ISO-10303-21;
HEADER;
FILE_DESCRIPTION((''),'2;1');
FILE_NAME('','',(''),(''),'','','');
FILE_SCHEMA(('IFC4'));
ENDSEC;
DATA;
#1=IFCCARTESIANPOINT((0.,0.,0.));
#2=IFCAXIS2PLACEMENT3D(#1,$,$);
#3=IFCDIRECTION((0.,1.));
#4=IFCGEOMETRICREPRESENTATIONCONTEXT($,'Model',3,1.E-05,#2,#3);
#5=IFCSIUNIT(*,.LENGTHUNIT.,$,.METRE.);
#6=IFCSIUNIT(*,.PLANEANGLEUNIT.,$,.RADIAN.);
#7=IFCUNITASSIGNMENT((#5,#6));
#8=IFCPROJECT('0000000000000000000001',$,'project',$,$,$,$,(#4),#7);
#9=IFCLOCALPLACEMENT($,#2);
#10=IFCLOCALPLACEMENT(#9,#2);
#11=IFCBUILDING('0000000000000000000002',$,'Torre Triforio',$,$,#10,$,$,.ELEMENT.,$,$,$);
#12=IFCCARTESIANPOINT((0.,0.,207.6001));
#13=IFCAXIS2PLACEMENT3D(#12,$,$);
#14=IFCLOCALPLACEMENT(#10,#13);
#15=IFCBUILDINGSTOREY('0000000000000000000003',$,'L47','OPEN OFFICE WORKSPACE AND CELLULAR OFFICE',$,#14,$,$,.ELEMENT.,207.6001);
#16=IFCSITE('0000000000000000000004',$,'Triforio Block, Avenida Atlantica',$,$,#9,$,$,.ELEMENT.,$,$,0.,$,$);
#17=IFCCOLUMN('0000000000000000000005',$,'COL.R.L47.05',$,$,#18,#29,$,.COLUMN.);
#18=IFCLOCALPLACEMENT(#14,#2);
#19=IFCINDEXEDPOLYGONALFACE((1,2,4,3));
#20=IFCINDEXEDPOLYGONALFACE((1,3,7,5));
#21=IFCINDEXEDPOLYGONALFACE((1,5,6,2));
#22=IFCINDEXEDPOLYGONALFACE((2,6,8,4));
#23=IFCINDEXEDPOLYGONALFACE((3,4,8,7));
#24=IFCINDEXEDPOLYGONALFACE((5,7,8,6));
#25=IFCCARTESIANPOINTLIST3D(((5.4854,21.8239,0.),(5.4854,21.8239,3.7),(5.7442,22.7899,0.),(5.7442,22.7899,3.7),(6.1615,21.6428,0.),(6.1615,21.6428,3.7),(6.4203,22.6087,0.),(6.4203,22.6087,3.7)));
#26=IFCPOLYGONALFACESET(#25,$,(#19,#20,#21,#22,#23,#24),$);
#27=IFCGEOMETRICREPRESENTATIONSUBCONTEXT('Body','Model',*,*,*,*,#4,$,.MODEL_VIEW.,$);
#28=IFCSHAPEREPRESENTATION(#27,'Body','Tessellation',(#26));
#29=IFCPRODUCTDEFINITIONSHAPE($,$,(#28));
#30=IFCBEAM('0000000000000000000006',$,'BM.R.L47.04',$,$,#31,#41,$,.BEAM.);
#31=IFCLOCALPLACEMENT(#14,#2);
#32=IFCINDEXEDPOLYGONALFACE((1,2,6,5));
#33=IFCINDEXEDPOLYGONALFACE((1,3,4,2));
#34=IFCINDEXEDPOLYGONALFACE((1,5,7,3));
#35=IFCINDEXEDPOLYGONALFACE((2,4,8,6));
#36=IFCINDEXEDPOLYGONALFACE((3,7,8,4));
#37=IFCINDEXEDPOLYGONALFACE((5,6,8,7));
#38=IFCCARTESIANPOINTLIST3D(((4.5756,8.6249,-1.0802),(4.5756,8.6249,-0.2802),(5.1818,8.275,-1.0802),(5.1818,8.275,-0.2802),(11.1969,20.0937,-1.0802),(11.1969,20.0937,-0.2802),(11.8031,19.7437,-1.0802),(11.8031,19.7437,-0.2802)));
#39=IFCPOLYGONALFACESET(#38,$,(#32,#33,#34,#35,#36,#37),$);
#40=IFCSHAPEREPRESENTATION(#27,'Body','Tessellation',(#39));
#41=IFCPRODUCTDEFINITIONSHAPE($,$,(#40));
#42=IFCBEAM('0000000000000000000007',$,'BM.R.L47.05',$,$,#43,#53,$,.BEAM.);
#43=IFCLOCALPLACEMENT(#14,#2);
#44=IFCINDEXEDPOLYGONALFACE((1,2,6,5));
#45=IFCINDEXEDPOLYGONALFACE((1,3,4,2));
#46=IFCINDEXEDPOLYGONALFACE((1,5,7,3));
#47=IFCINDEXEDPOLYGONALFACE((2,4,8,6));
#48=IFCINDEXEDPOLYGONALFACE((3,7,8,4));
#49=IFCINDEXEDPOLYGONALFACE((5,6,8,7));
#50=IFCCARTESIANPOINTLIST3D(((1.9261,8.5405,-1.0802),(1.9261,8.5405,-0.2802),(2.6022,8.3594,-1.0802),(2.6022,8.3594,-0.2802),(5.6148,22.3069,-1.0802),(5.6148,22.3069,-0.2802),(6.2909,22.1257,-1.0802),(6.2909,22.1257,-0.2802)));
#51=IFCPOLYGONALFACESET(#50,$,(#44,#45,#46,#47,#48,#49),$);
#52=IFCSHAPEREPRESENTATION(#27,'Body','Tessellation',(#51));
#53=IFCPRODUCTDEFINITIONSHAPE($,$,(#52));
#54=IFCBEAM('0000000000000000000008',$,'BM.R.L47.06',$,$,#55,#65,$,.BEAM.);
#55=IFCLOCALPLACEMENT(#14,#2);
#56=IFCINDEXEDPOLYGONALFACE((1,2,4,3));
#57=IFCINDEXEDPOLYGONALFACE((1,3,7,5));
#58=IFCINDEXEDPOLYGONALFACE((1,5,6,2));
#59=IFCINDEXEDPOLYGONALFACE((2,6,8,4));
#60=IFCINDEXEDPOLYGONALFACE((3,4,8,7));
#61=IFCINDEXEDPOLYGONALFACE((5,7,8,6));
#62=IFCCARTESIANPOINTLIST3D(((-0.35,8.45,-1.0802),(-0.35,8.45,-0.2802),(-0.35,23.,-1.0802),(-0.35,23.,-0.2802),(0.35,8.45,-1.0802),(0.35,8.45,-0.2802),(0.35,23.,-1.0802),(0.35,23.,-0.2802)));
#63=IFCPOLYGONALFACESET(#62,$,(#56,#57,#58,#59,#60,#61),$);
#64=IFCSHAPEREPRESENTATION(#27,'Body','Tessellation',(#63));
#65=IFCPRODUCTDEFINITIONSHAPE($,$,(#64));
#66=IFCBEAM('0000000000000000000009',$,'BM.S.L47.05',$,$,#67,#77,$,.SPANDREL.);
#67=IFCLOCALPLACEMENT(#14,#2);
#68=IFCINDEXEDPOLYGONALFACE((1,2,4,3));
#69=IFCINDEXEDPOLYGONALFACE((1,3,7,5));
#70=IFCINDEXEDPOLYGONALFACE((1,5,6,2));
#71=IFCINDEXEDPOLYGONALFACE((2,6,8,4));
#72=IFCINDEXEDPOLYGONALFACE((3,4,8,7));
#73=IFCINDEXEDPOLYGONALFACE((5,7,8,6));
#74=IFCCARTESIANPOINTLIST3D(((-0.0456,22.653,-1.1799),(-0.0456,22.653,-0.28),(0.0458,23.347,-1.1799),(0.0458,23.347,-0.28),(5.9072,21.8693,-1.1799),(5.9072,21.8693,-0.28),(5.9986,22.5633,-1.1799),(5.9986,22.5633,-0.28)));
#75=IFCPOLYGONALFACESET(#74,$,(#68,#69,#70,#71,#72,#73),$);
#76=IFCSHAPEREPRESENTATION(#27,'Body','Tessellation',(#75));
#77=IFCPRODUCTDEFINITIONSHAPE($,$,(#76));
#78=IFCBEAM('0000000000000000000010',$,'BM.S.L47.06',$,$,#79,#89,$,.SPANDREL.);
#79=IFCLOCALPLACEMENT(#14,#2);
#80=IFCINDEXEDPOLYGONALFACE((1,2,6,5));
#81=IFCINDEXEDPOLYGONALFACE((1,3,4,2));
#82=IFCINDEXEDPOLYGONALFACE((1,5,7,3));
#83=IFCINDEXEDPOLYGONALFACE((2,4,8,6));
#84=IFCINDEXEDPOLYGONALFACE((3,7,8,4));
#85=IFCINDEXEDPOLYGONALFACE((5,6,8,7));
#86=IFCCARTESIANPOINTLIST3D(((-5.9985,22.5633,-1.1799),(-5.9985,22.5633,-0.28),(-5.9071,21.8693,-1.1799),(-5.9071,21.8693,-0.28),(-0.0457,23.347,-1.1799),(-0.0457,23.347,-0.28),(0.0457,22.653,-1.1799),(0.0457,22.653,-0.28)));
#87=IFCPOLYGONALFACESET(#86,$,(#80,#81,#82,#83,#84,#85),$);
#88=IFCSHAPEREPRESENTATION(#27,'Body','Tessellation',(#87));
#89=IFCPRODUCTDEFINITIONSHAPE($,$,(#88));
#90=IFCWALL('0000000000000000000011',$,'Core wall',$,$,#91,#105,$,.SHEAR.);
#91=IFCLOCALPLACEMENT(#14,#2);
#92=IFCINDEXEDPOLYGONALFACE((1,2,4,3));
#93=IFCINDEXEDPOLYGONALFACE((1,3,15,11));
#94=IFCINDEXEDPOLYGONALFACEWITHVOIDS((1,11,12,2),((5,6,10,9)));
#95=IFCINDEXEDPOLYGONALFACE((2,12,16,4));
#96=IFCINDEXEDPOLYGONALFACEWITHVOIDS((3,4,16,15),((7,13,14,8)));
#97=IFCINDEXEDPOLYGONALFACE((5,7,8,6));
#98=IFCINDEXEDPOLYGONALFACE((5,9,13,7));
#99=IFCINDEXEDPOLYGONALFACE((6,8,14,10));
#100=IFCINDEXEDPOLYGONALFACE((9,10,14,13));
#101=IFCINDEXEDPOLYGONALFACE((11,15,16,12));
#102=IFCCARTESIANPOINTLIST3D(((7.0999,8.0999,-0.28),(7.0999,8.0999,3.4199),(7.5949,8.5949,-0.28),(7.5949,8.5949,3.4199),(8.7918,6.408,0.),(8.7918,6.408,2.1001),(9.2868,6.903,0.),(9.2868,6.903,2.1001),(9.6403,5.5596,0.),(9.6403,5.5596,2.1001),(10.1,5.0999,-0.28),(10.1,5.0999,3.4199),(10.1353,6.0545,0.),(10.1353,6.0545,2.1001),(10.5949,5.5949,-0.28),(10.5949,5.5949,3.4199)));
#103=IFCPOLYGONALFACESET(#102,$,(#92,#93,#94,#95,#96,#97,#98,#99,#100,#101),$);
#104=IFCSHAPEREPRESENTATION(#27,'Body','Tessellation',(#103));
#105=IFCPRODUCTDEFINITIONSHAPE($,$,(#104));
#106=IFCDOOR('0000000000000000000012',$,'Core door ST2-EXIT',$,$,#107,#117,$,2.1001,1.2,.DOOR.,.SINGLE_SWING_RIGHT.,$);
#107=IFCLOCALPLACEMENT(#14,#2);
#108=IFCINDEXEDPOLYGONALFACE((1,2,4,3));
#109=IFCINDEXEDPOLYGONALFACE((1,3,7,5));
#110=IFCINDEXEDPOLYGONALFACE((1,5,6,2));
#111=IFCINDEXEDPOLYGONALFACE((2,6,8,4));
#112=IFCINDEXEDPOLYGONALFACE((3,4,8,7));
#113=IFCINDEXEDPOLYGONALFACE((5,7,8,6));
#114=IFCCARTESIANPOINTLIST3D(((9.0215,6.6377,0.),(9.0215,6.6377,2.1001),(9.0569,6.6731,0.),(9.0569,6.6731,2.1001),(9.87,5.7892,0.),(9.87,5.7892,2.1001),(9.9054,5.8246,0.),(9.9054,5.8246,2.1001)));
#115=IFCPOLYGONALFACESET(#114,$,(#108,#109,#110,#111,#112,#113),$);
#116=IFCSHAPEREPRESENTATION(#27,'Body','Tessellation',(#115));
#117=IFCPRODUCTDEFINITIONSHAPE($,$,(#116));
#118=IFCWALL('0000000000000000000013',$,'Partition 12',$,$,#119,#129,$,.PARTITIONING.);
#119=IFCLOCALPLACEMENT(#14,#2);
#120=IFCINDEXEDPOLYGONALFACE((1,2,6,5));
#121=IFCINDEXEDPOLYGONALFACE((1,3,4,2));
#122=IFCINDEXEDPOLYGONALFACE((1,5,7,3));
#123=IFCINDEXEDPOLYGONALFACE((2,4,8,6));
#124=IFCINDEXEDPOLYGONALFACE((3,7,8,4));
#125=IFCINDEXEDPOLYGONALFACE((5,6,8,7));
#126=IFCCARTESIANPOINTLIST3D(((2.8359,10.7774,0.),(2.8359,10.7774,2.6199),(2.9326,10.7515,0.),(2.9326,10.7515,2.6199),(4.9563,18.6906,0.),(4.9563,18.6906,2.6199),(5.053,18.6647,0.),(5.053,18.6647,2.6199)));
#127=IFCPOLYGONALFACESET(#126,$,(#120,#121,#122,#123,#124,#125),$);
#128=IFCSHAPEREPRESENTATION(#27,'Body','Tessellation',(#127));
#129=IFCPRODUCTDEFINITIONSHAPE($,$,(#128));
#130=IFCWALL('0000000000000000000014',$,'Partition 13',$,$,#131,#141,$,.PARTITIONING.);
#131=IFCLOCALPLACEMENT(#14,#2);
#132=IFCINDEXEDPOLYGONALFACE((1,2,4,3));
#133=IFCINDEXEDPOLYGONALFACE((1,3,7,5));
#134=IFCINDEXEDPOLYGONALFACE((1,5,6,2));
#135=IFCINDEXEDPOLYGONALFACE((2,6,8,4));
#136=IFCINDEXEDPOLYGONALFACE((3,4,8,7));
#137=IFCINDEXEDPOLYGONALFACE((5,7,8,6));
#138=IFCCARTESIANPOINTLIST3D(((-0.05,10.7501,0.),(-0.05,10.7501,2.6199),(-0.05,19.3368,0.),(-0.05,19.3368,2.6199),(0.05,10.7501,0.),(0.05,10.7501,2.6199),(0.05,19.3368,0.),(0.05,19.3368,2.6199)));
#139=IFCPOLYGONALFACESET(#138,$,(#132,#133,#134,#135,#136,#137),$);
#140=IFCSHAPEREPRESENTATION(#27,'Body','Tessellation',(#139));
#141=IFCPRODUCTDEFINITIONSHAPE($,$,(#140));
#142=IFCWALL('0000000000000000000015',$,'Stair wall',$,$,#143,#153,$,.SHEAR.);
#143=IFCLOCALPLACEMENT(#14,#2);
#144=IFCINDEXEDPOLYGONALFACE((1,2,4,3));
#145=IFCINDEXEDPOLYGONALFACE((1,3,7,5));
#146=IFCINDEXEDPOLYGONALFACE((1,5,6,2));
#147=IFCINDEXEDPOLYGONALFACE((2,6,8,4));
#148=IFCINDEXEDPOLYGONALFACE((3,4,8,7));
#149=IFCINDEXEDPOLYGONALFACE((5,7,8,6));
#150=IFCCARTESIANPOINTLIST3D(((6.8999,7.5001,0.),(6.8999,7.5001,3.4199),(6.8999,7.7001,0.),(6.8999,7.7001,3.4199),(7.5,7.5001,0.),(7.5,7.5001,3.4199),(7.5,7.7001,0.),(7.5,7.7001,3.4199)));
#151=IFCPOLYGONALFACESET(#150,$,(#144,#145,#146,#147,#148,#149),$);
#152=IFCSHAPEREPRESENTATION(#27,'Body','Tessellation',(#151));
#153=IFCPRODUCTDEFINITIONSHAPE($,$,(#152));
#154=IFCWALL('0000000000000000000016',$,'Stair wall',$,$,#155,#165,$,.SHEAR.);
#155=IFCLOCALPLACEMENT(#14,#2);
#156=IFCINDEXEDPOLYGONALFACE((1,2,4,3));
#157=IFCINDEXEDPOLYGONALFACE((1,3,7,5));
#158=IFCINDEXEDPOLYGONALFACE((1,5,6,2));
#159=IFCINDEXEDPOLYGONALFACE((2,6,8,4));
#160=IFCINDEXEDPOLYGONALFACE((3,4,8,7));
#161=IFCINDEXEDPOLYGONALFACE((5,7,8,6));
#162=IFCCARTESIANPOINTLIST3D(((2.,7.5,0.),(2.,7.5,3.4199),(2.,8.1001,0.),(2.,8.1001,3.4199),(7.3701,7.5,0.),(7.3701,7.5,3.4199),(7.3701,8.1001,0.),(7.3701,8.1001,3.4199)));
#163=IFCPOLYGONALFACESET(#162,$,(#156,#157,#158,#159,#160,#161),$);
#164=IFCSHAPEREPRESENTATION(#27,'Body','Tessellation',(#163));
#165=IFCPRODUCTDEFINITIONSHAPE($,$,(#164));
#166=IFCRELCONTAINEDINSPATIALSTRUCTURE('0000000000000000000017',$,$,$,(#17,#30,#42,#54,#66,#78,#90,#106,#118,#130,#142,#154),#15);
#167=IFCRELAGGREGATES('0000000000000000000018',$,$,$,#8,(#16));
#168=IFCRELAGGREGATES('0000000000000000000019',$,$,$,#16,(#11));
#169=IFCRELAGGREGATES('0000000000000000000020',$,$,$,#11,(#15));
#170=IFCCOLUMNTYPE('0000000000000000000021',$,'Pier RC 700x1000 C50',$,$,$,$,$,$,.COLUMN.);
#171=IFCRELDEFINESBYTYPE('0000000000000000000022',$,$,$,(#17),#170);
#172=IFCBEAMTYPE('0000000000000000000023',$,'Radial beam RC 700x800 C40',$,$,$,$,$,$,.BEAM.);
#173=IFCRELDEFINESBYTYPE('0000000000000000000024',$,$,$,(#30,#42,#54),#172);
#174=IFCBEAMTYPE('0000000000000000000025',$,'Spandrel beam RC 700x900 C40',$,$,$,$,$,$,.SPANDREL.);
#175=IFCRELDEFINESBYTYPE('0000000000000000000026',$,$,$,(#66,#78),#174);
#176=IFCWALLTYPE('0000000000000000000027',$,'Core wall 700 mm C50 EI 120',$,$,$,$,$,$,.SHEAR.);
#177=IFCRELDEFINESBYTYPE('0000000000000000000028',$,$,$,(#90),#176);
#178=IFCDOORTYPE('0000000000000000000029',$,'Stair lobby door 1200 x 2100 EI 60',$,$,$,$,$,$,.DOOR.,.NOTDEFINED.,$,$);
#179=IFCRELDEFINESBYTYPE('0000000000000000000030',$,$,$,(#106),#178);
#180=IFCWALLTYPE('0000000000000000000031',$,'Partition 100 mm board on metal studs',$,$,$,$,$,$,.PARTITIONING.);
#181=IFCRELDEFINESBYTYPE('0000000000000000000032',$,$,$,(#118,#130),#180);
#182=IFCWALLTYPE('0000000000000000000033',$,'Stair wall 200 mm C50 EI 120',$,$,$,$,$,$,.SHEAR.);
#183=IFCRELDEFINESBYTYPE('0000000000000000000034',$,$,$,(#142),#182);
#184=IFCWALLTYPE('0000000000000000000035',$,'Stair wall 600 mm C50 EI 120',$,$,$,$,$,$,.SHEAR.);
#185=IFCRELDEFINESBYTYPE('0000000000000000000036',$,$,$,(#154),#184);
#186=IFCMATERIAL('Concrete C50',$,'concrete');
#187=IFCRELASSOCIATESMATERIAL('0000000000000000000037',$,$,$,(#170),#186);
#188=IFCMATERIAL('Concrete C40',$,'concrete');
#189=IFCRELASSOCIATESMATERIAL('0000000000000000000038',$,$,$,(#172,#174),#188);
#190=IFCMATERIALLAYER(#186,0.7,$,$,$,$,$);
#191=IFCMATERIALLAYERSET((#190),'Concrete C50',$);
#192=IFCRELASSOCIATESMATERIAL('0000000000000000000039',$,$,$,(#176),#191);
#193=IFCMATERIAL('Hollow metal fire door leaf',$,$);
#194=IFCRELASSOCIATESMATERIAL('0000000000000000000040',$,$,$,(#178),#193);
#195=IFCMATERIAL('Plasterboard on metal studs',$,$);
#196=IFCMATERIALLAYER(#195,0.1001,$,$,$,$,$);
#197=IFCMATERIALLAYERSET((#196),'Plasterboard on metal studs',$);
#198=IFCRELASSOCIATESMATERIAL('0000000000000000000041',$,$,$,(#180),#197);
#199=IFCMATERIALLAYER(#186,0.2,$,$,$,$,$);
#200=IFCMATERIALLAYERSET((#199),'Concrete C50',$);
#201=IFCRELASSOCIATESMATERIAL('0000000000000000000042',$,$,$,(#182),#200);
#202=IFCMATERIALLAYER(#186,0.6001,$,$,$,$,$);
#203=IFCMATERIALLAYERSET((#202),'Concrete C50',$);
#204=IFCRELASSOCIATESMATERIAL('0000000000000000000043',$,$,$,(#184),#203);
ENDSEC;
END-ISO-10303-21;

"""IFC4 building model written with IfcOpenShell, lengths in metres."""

from ifc_helpers import new_model, si_unit, direction, frame, frame_2d, origin, origin_2d, place, context, subcontext, project, spatial, rectangle, extrude, material, layer, layer_set, material_profile, profile_set, type_object, element, fill, save


model = new_model("IFC4")

# Units and contexts
model_context = context("Model", 3, precision=1e-05, world=origin(), true_north=direction((0.0, 1.0)))
body_context = subcontext(model_context, "Body", "Model", "MODEL_VIEW")
ifc_project = project(units=[si_unit("LENGTHUNIT", "METRE"), si_unit("PLANEANGLEUNIT", "RADIAN")], contexts=[model_context])

# Site, building, storey
site_placement = place(None, origin())
site = spatial("IfcSite", under=ifc_project, at=site_placement, Name="Triforio Block, Avenida Atlantica", CompositionType="ELEMENT", RefElevation=0.0)
building_placement = place(site_placement, origin())
building = spatial("IfcBuilding", under=site, at=building_placement, Name="Torre Triforio", CompositionType="ELEMENT")
storey_placement = place(building_placement, frame((0.0, 0.0, 207.6001)))
storey = spatial("IfcBuildingStorey", under=building, at=storey_placement, Name="L47", Description="OPEN OFFICE WORKSPACE AND CELLULAR OFFICE", CompositionType="ELEMENT", Elevation=207.6001)

# Column
ifc_material_1 = material(Name="Concrete C50", Category="concrete")
ifc_material_profile_1 = material_profile(ifc_material_1, rectangle(XDim=0.7, YDim=1.0, at=origin_2d()), Name="RC 700x1000")
ifc_profile_set_1 = profile_set([ifc_material_profile_1], Name="Concrete C50")
column_type = type_object("IfcColumnType", Name="Pier RC 700x1000 C50", PredefinedType="COLUMN", material=ifc_profile_set_1)
column_placement = place(storey_placement, frame((5.9529, 22.2163, 0.0), z_axis=(0.0, 0.0, 1.0), x_axis=(-0.965926, 0.258819, 0.0)))
element("IfcColumn", 1, at=column_placement, inside=storey, type_object=column_type, Name="COL.R.L47.05", PredefinedType="COLUMN", context=body_context, shape_type="SweptSolid", body=[
    extrude(rectangle(XDim=0.7, YDim=1.0, at=origin_2d()), origin(), (0.0, 0.0, 1.0), 3.7),
])

# Beams
ifc_material_2 = material(Name="Concrete C40", Category="concrete")
ifc_material_profile_2 = material_profile(ifc_material_2, rectangle(XDim=0.7, YDim=0.8, at=origin_2d()), Name="RC 700x800")
ifc_profile_set_2 = profile_set([ifc_material_profile_2], Name="Concrete C40")
beam_type_1 = type_object("IfcBeamType", Name="Radial beam RC 700x800 C40", PredefinedType="BEAM", material=ifc_profile_set_2)
beam_1_placement = place(storey_placement, frame((4.8787, 8.45, -0.6802), z_axis=(0.499992, 0.86603, 0.0), x_axis=(-0.86603, 0.499992, 0.0)))
element("IfcBeam", 2, at=beam_1_placement, inside=storey, type_object=beam_type_1, Name="BM.R.L47.04", PredefinedType="BEAM", context=body_context, shape_type="SweptSolid", body=[
    extrude(rectangle(XDim=0.7, YDim=0.8, at=origin_2d()), origin(), (0.0, 0.0, 1.0), 13.2429),
])
beam_2_placement = place(storey_placement, frame((2.2642, 8.45, -0.6802), z_axis=(0.258821, 0.965925, 0.0), x_axis=(-0.965925, 0.258821, 0.0)))
element("IfcBeam", 3, at=beam_2_placement, inside=storey, type_object=beam_type_1, Name="BM.R.L47.05", PredefinedType="BEAM", context=body_context, shape_type="SweptSolid", body=[
    extrude(rectangle(XDim=0.7, YDim=0.8, at=origin_2d()), origin(), (0.0, 0.0, 1.0), 14.252),
])
beam_3_placement = place(storey_placement, frame((0.0, 8.45, -0.6802), z_axis=(0.0, 1.0, 0.0), x_axis=(-1.0, 0.0, 0.0)))
element("IfcBeam", 4, at=beam_3_placement, inside=storey, type_object=beam_type_1, Name="BM.R.L47.06", PredefinedType="BEAM", context=body_context, shape_type="SweptSolid", body=[
    extrude(rectangle(XDim=0.7, YDim=0.8, at=origin_2d()), origin(), (0.0, 0.0, 1.0), 14.55),
])
ifc_material_profile_3 = material_profile(ifc_material_2, rectangle(XDim=0.7, YDim=0.8999, at=origin_2d()), Name="RC 700x900")
ifc_profile_set_3 = profile_set([ifc_material_profile_3], Name="Concrete C40")
beam_type_2 = type_object("IfcBeamType", Name="Spandrel beam RC 700x900 C40", PredefinedType="SPANDREL", material=ifc_profile_set_3)
for number, where, z_axis, x_axis, name in (
    (5, (5.9529, 22.2163, -0.73), (-0.991445, 0.130523, 0.0), (-0.130523, -0.991445, 0.0), "BM.S.L47.05"),
    (6, (0.0, 23.0, -0.73), (-0.991445, -0.130523, 0.0), (0.130523, -0.991445, 0.0), "BM.S.L47.06"),
):
    element("IfcBeam", number, at=place(storey_placement, frame(where, z_axis=z_axis, x_axis=x_axis)), inside=storey, type_object=beam_type_2, Name=name, PredefinedType="SPANDREL", context=body_context, shape_type="SweptSolid", body=[
        extrude(rectangle(XDim=0.7, YDim=0.8999, at=origin_2d()), origin(), (0.0, 0.0, 1.0), 6.0042),
    ])

# Wall, opening, door
ifc_layer_1 = layer(ifc_material_1, 0.7)
ifc_layer_set_1 = layer_set([ifc_layer_1], Name="Concrete C50")
wall_type_1 = type_object("IfcWallType", Name="Core wall 700 mm C50 EI 120", PredefinedType="SHEAR", material=ifc_layer_set_1)
wall_1_placement = place(storey_placement, frame((7.3474, 8.3474, -0.28), z_axis=(0.0, 0.0, 1.0), x_axis=(0.707107, -0.707107, 0.0)))
wall_1 = element("IfcWall", 7, at=wall_1_placement, inside=storey, type_object=wall_type_1, Name="Core wall", PredefinedType="SHEAR", context=body_context, shape_type="SweptSolid", body=[
    extrude(rectangle(XDim=4.2427, YDim=0.7, at=frame_2d((2.1213, 0.0))), origin(), (0.0, 0.0, 1.0), 3.7),
])
opening_1_placement = place(wall_1_placement, frame((2.3926, 0.0, 0.28)))
opening_1 = element("IfcOpeningElement", 8, at=opening_1_placement, cuts=wall_1, PredefinedType="OPENING", context=body_context, shape_type="SweptSolid", body=[
    extrude(rectangle(XDim=1.2, YDim=2.1001, at=frame_2d((0.6001, 1.05))), frame((0.0, 0.3599, 0.0), z_axis=(0.0, -1.0, 0.0), x_axis=(1.0, 0.0, 0.0)), (0.0, 0.0, 1.0), 0.72),
])
ifc_material_3 = material(Name="Hollow metal fire door leaf")
door_type_1 = type_object("IfcDoorType", Name="Stair lobby door 1200 x 2100 EI 60", OperationType="NOTDEFINED", PredefinedType="DOOR", material=ifc_material_3)
door_1_placement = place(opening_1_placement, origin())
door_1 = element("IfcDoor", 9, at=door_1_placement, inside=storey, type_object=door_type_1, Name="Core door ST2-EXIT", OperationType="SINGLE_SWING_RIGHT", OverallHeight=2.1001, OverallWidth=1.2, PredefinedType="DOOR", context=body_context, shape_type="SweptSolid", body=[
    extrude(rectangle(XDim=1.2, YDim=2.1001, at=frame_2d((0.6001, 1.05))), frame((0.0, 0.0249, 0.0), z_axis=(0.0, -1.0, 0.0), x_axis=(1.0, 0.0, 0.0)), (0.0, 0.0, 1.0), 0.05),
])
fill(opening_1, door_1)

# Walls
ifc_material_4 = material(Name="Plasterboard on metal studs")
ifc_layer_2 = layer(ifc_material_4, 0.1001)
ifc_layer_set_2 = layer_set([ifc_layer_2], Name="Plasterboard on metal studs")
wall_type_2 = type_object("IfcWallType", Name="Partition 100 mm board on metal studs", PredefinedType="PARTITIONING", material=ifc_layer_set_2)
wall_2_placement = place(storey_placement, frame((2.8843, 10.7644, 0.0), z_axis=(0.0, 0.0, 1.0), x_axis=(0.258818, 0.965926, 0.0)))
element("IfcWall", 10, at=wall_2_placement, inside=storey, type_object=wall_type_2, Name="Partition 12", PredefinedType="PARTITIONING", context=body_context, shape_type="SweptSolid", body=[
    extrude(rectangle(XDim=8.1924, YDim=0.1001, at=frame_2d((4.0962, 0.0))), origin(), (0.0, 0.0, 1.0), 2.6199),
])
wall_3_placement = place(storey_placement, frame((0.0, 10.75, 0.0), z_axis=(0.0, 0.0, 1.0), x_axis=(0.0, 1.0, 0.0)))
element("IfcWall", 11, at=wall_3_placement, inside=storey, type_object=wall_type_2, Name="Partition 13", PredefinedType="PARTITIONING", context=body_context, shape_type="SweptSolid", body=[
    extrude(rectangle(XDim=8.5867, YDim=0.1001, at=frame_2d((4.2935, 0.0))), origin(), (0.0, 0.0, 1.0), 2.6199),
])
ifc_layer_3 = layer(ifc_material_1, 0.2)
ifc_layer_set_3 = layer_set([ifc_layer_3], Name="Concrete C50")
wall_type_3 = type_object("IfcWallType", Name="Stair wall 200 mm C50 EI 120", PredefinedType="SHEAR", material=ifc_layer_set_3)
wall_4_placement = place(storey_placement, frame((6.8999, 7.6001, 0.0), z_axis=(0.0, 0.0, 1.0), x_axis=(1.0, 0.0, 0.0)))
element("IfcWall", 12, at=wall_4_placement, inside=storey, type_object=wall_type_3, Name="Stair wall", PredefinedType="SHEAR", context=body_context, shape_type="SweptSolid", body=[
    extrude(rectangle(XDim=0.6001, YDim=0.2, at=frame_2d((0.3, 0.0))), origin(), (0.0, 0.0, 1.0), 3.4199),
])
ifc_layer_4 = layer(ifc_material_1, 0.6001)
ifc_layer_set_4 = layer_set([ifc_layer_4], Name="Concrete C50")
wall_type_4 = type_object("IfcWallType", Name="Stair wall 600 mm C50 EI 120", PredefinedType="SHEAR", material=ifc_layer_set_4)
wall_5_placement = place(storey_placement, frame((2.0, 7.8, 0.0), z_axis=(0.0, 0.0, 1.0), x_axis=(1.0, 0.0, 0.0)))
element("IfcWall", 13, at=wall_5_placement, inside=storey, type_object=wall_type_4, Name="Stair wall", PredefinedType="SHEAR", context=body_context, shape_type="SweptSolid", body=[
    extrude(rectangle(XDim=5.3701, YDim=0.6001, at=frame_2d((2.6851, 0.0))), origin(), (0.0, 0.0, 1.0), 3.4199),
])

save(model, "model.ifc")
